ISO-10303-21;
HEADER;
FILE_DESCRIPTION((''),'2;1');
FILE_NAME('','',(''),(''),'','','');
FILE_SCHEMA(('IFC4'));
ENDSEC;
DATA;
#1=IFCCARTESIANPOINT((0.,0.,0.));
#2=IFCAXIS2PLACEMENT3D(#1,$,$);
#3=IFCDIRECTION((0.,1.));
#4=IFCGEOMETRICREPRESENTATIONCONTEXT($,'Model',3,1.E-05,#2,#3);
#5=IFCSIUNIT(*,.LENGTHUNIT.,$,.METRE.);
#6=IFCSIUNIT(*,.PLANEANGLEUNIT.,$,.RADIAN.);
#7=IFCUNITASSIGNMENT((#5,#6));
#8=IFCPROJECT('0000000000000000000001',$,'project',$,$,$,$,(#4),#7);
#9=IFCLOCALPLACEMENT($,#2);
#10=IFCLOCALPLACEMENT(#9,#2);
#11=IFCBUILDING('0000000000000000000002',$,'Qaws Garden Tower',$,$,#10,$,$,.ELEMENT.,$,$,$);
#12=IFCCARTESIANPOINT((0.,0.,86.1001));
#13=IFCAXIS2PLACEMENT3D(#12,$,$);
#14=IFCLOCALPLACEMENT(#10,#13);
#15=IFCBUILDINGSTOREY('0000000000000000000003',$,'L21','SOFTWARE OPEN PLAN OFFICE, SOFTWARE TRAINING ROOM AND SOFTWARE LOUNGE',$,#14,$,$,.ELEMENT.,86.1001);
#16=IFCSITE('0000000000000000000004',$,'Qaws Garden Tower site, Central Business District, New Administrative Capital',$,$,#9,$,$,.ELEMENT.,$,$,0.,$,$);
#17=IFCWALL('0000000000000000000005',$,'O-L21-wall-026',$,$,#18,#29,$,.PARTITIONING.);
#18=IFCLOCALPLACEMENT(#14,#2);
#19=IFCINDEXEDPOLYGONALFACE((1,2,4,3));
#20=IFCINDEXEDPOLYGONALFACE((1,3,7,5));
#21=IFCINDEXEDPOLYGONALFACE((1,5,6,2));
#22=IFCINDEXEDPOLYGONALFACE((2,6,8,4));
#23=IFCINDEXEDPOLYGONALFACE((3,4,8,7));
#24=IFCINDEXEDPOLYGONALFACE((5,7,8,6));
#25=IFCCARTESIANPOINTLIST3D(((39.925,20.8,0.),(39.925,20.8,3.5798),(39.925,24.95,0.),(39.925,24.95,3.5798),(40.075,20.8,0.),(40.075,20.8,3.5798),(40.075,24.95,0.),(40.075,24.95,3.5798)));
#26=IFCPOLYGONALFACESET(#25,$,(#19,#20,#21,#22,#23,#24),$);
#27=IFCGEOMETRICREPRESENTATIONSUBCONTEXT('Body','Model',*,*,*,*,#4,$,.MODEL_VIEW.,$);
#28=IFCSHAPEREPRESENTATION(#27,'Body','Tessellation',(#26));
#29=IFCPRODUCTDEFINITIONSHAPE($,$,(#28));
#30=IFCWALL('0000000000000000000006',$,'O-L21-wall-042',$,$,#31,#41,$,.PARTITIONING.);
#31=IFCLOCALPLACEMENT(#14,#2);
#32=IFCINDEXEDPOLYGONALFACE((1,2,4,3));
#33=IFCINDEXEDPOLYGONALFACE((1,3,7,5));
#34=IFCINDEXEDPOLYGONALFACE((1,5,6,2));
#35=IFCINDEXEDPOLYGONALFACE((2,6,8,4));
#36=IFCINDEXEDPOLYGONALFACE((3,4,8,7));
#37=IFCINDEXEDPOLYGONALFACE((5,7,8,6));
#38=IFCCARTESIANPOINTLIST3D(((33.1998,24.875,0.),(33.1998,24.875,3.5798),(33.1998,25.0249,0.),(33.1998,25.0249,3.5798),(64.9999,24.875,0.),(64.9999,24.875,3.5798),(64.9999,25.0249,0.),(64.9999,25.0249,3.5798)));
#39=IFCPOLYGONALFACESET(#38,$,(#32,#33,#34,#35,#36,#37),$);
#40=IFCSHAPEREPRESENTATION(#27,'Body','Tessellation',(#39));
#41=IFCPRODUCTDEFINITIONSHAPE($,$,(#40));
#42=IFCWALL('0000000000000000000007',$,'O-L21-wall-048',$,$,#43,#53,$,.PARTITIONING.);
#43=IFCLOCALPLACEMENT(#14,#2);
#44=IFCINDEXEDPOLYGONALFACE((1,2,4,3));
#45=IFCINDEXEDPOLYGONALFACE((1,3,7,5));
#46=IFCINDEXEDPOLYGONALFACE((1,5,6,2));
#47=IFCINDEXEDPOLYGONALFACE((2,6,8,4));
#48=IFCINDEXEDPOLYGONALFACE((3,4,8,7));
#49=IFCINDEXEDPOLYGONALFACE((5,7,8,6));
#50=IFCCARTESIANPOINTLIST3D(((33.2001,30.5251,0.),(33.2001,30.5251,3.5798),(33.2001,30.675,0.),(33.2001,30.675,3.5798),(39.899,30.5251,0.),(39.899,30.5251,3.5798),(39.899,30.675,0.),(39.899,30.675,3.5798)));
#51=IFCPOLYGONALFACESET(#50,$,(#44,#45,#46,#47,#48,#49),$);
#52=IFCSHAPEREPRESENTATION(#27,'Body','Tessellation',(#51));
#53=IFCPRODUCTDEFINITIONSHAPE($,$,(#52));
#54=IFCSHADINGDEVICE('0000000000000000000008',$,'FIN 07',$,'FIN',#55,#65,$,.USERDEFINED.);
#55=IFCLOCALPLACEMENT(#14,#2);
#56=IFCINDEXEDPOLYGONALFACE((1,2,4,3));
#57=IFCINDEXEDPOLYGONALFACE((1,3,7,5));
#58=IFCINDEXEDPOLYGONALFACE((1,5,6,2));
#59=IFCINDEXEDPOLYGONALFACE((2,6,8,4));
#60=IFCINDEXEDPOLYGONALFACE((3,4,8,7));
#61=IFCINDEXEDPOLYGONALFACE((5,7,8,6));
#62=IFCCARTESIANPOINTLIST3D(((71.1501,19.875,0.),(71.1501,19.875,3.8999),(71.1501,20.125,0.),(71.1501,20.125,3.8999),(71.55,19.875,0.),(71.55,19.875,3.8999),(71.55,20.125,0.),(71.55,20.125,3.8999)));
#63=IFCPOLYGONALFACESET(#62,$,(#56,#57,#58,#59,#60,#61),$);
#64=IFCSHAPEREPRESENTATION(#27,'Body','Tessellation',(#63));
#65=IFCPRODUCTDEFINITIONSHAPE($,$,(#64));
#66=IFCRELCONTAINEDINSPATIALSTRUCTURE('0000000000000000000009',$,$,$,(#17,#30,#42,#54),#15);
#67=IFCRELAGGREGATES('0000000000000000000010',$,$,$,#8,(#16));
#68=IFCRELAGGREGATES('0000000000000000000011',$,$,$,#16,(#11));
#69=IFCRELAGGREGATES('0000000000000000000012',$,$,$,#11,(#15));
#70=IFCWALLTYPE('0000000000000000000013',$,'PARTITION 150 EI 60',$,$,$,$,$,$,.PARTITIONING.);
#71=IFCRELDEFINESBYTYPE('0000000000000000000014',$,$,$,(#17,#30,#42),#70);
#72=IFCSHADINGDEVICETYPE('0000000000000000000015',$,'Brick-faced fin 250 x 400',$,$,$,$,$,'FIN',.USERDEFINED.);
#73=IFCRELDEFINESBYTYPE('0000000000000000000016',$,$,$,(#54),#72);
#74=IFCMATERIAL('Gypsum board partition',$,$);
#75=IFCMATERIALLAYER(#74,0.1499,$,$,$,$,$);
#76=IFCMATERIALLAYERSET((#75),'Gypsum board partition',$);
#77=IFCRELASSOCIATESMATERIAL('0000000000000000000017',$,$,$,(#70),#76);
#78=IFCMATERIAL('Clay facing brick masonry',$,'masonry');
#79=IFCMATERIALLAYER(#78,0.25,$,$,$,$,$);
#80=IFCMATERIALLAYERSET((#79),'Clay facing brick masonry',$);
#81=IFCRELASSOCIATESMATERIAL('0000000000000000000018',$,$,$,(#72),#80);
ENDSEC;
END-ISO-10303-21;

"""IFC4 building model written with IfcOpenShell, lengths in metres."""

from ifc_helpers import new_model, si_unit, direction, frame, frame_2d, origin, origin_2d, place, context, subcontext, project, spatial, rectangle, extrude, material, layer, layer_set, type_object, element, save


model = new_model("IFC4")

# Units and contexts
model_context = context("Model", 3, precision=1e-05, world=origin(), true_north=direction((0.0, 1.0)))
body_context = subcontext(model_context, "Body", "Model", "MODEL_VIEW")
ifc_project = project(units=[si_unit("LENGTHUNIT", "METRE"), si_unit("PLANEANGLEUNIT", "RADIAN")], contexts=[model_context])

# Site, building, storey
site_placement = place(None, origin())
site = spatial("IfcSite", under=ifc_project, at=site_placement, Name="Qaws Garden Tower site, Central Business District, New Administrative Capital", CompositionType="ELEMENT", RefElevation=0.0)
building_placement = place(site_placement, origin())
building = spatial("IfcBuilding", under=site, at=building_placement, Name="Qaws Garden Tower", CompositionType="ELEMENT")
storey_placement = place(building_placement, frame((0.0, 0.0, 86.1001)))
storey = spatial("IfcBuildingStorey", under=building, at=storey_placement, Name="L21", Description="SOFTWARE OPEN PLAN OFFICE, SOFTWARE TRAINING ROOM AND SOFTWARE LOUNGE", CompositionType="ELEMENT", Elevation=86.1001)

# Walls
ifc_material_1 = material(Name="Gypsum board partition")
ifc_layer_1 = layer(ifc_material_1, 0.1499)
ifc_layer_set_1 = layer_set([ifc_layer_1], Name="Gypsum board partition")
wall_type = type_object("IfcWallType", Name="PARTITION 150 EI 60", PredefinedType="PARTITIONING", material=ifc_layer_set_1)
wall_1_placement = place(storey_placement, frame((40.0, 20.8, 0.0), z_axis=(0.0, 0.0, 1.0), x_axis=(0.0, 1.0, 0.0)))
element("IfcWall", 1, at=wall_1_placement, inside=storey, type_object=wall_type, Name="O-L21-wall-026", PredefinedType="PARTITIONING", context=body_context, shape_type="SweptSolid", body=[
    extrude(rectangle(XDim=4.1499, YDim=0.1499, at=frame_2d((2.075, 0.0))), origin(), (0.0, 0.0, 1.0), 3.5798),
])
wall_2_placement = place(storey_placement, frame((33.2, 24.95, 0.0), z_axis=(0.0, 0.0, 1.0), x_axis=(1.0, 0.0, 0.0)))
element("IfcWall", 2, at=wall_2_placement, inside=storey, type_object=wall_type, Name="O-L21-wall-042", PredefinedType="PARTITIONING", context=body_context, shape_type="SweptSolid", body=[
    extrude(rectangle(XDim=31.8, YDim=0.1499, at=frame_2d((15.8999, 0.0))), origin(), (0.0, 0.0, 1.0), 3.5798),
])
wall_3_placement = place(storey_placement, frame((33.2, 30.6001, 0.0), z_axis=(0.0, 0.0, 1.0), x_axis=(1.0, 0.0, 0.0)))
element("IfcWall", 3, at=wall_3_placement, inside=storey, type_object=wall_type, Name="O-L21-wall-048", PredefinedType="PARTITIONING", context=body_context, shape_type="SweptSolid", body=[
    extrude(rectangle(XDim=6.699, YDim=0.1499, at=frame_2d((3.3496, 0.0))), origin(), (0.0, 0.0, 1.0), 3.5798),
])

# Shading device
ifc_material_2 = material(Name="Clay facing brick masonry", Category="masonry")
ifc_layer_2 = layer(ifc_material_2, 0.25)
ifc_layer_set_2 = layer_set([ifc_layer_2], Name="Clay facing brick masonry")
shading_device_type = type_object("IfcShadingDeviceType", Name="Brick-faced fin 250 x 400", ElementType="FIN", PredefinedType="USERDEFINED", material=ifc_layer_set_2)
shading_device_placement = place(storey_placement, frame((71.3501, 20.0, 0.0), z_axis=(0.0, 0.0, 1.0), x_axis=(0.0, 1.0, 0.0)))
element("IfcShadingDevice", 4, at=shading_device_placement, inside=storey, type_object=shading_device_type, Name="FIN 07", ObjectType="FIN", PredefinedType="USERDEFINED", context=body_context, shape_type="SweptSolid", body=[
    extrude(rectangle(XDim=0.25, YDim=0.3999, at=origin_2d()), origin(), (0.0, 0.0, 1.0), 3.8999),
])

save(model, "model.ifc")
